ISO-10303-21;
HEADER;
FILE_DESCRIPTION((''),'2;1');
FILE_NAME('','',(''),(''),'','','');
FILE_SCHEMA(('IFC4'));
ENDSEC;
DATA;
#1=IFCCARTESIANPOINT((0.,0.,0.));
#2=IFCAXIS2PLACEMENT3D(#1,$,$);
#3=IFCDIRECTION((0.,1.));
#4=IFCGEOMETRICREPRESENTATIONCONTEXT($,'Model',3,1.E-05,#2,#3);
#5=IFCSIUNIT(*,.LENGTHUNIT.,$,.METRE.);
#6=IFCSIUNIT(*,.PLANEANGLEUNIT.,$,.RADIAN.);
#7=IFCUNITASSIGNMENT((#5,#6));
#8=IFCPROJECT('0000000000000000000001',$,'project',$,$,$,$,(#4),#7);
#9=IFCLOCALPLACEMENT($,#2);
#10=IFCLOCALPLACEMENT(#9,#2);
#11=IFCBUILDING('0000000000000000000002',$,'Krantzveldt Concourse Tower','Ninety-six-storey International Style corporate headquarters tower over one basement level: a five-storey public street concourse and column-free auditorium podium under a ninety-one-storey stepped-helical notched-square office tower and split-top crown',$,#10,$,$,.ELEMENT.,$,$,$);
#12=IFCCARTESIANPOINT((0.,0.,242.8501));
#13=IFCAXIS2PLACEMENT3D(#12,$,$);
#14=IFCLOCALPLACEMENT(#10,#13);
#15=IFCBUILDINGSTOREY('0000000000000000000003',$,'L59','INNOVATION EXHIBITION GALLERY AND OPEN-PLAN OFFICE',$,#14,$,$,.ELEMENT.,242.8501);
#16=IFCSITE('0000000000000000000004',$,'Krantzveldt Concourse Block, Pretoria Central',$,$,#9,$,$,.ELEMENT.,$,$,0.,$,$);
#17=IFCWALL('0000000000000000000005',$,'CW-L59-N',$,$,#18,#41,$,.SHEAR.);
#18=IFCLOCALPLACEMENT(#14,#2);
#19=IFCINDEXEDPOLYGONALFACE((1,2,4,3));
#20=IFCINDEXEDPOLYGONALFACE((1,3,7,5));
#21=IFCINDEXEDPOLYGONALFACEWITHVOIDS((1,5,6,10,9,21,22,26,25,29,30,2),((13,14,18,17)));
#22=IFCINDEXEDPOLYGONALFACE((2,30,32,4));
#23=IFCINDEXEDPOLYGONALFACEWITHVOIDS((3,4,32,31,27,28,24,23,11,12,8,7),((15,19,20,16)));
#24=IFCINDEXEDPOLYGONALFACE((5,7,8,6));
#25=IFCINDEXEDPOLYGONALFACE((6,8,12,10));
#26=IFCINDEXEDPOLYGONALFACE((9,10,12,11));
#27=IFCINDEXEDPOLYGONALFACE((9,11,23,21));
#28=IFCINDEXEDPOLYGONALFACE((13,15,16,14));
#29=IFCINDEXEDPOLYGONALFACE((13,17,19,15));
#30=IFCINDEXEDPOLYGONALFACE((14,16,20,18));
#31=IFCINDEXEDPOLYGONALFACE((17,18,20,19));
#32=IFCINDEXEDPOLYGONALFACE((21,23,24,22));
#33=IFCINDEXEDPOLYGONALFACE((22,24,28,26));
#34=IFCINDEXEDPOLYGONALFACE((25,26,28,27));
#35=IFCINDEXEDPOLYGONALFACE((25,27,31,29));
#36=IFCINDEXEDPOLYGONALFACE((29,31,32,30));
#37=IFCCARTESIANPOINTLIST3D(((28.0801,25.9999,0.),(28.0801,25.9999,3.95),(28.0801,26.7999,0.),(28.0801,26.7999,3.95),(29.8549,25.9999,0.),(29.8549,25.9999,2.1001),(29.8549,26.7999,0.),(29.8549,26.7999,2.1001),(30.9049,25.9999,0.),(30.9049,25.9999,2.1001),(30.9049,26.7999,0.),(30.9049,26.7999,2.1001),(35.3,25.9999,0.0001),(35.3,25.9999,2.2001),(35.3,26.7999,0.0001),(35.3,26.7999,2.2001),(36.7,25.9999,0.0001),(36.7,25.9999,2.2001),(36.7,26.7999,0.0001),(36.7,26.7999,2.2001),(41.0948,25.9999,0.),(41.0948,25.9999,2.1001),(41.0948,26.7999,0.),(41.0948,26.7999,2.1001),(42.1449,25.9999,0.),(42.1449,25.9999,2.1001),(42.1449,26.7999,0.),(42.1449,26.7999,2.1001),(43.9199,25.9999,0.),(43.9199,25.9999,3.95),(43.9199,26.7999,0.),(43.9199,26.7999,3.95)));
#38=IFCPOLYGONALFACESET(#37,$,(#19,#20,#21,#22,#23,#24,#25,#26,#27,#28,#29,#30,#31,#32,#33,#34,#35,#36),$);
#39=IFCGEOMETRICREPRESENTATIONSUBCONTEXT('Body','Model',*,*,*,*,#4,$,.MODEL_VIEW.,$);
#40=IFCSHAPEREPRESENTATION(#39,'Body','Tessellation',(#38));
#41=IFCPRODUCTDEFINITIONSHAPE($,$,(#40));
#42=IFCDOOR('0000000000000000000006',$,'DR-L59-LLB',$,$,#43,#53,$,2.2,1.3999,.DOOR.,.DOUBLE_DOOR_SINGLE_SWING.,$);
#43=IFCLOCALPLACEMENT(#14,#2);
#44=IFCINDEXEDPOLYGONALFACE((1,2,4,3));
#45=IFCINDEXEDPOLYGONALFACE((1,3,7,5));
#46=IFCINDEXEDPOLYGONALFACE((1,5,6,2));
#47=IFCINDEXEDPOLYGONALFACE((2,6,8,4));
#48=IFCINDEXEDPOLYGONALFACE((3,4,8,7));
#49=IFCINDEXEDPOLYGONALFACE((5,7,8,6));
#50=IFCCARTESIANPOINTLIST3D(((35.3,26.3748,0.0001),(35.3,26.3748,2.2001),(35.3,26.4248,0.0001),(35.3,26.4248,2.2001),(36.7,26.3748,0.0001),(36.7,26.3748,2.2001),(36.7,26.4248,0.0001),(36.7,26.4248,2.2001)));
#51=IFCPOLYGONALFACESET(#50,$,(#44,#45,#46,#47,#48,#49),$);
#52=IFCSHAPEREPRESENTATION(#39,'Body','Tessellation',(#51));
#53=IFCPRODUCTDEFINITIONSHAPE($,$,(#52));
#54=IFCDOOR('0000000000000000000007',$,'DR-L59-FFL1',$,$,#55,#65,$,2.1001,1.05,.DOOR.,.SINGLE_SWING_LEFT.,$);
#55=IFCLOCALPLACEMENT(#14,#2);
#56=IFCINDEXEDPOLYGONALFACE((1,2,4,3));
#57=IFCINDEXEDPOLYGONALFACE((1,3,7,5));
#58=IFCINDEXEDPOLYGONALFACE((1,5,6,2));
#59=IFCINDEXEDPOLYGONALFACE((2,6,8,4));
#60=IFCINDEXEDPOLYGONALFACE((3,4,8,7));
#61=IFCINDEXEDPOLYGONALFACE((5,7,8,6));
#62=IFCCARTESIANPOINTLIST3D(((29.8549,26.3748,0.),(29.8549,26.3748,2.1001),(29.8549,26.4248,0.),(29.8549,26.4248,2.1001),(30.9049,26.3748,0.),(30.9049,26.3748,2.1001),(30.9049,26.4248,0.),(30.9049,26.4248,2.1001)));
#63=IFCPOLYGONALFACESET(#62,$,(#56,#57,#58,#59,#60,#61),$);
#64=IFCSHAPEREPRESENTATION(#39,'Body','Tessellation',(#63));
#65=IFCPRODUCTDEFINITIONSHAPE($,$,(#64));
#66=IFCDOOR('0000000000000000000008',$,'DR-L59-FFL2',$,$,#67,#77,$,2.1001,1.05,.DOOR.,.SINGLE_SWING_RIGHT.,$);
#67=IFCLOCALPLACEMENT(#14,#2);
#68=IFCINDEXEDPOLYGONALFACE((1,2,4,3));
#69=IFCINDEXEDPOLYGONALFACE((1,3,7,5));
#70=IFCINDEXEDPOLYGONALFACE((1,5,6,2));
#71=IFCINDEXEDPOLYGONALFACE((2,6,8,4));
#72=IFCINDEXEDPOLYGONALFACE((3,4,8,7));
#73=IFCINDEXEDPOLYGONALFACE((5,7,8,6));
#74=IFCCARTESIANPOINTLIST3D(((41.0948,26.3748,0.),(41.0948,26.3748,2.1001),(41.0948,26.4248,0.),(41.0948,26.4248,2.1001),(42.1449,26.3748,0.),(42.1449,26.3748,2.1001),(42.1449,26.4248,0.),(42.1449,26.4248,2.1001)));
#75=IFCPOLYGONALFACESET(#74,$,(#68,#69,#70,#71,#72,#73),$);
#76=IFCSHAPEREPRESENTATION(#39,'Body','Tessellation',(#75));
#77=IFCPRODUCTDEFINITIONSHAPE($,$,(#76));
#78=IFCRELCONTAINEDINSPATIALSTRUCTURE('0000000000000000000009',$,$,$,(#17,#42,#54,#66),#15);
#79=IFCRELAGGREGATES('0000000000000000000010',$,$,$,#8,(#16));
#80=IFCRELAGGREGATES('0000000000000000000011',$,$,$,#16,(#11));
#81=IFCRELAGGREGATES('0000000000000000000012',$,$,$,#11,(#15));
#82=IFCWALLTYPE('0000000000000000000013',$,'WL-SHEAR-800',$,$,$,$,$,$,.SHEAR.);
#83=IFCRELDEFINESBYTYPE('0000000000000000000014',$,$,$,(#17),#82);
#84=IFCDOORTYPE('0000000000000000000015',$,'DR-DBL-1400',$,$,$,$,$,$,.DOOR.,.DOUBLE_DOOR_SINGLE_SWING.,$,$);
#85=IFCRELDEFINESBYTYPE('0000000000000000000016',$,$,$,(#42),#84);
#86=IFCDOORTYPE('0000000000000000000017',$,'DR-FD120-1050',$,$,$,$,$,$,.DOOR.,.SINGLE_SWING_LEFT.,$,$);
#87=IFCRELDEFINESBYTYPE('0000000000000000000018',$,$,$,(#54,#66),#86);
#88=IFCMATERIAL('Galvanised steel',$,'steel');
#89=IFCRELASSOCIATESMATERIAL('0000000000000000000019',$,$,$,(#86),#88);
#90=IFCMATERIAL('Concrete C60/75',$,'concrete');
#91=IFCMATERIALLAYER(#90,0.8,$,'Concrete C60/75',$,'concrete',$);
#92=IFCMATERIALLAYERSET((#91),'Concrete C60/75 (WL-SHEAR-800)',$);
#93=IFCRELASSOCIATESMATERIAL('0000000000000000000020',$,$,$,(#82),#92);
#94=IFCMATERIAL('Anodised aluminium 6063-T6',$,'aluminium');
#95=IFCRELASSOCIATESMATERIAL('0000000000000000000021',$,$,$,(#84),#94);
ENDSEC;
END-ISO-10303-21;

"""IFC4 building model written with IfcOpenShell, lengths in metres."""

from ifc_helpers import new_model, si_unit, direction, frame, frame_2d, origin, place, context, subcontext, project, spatial, rectangle, extrude, material, layer, layer_set, type_object, element, fill, save


model = new_model("IFC4")

# Units and contexts
model_context = context("Model", 3, precision=1e-05, world=origin(), true_north=direction((0.0, 1.0)))
body_context = subcontext(model_context, "Body", "Model", "MODEL_VIEW")
ifc_project = project(units=[si_unit("LENGTHUNIT", "METRE"), si_unit("PLANEANGLEUNIT", "RADIAN")], contexts=[model_context])

# Site, building, storey
site_placement = place(None, origin())
site = spatial("IfcSite", under=ifc_project, at=site_placement, Name="Krantzveldt Concourse Block, Pretoria Central", CompositionType="ELEMENT", RefElevation=0.0)
building_placement = place(site_placement, origin())
building = spatial("IfcBuilding", under=site, at=building_placement, Name="Krantzveldt Concourse Tower", Description="Ninety-six-storey International Style corporate headquarters tower over one basement level: a five-storey public street concourse and column-free auditorium podium under a ninety-one-storey stepped-helical notched-square office tower and split-top crown", CompositionType="ELEMENT")
storey_placement = place(building_placement, frame((0.0, 0.0, 242.8501)))
storey = spatial("IfcBuildingStorey", under=building, at=storey_placement, Name="L59", Description="INNOVATION EXHIBITION GALLERY AND OPEN-PLAN OFFICE", CompositionType="ELEMENT", Elevation=242.8501)

# Shared definitions
ifc_material_1 = material(Name="Galvanised steel", Category="steel")
door_type_1 = type_object("IfcDoorType", Name="DR-FD120-1050", OperationType="SINGLE_SWING_LEFT", PredefinedType="DOOR", material=ifc_material_1)

# Wall, openings, doors
ifc_material_2 = material(Name="Concrete C60/75", Category="concrete")
ifc_layer_1 = layer(ifc_material_2, 0.8, Name="Concrete C60/75", Category="concrete")
ifc_layer_set_1 = layer_set([ifc_layer_1], Name="Concrete C60/75 (WL-SHEAR-800)")
wall_type_1 = type_object("IfcWallType", Name="WL-SHEAR-800", PredefinedType="SHEAR", material=ifc_layer_set_1)
wall_1_placement = place(storey_placement, frame((28.0801, 26.3999, 0.0), z_axis=(0.0, 0.0, 1.0), x_axis=(1.0, 0.0, 0.0)))
wall_1 = element("IfcWall", 1, at=wall_1_placement, inside=storey, type_object=wall_type_1, Name="CW-L59-N", PredefinedType="SHEAR", context=body_context, shape_type="SweptSolid", body=[
    extrude(rectangle(XDim=15.8398, YDim=0.8, at=frame_2d((7.9199, 0.0))), origin(), (0.0, 0.0, 1.0), 3.95),
])
opening_1_placement = place(wall_1_placement, frame((7.22, 0.0, 0.0)))
opening_1 = element("IfcOpeningElement", 2, at=opening_1_placement, cuts=wall_1, PredefinedType="OPENING", context=body_context, shape_type="SweptSolid", body=[
    extrude(rectangle(XDim=1.3999, YDim=2.2, at=frame_2d((0.7, 1.1001))), frame((0.0, 0.4102, 0.0), z_axis=(0.0, -1.0, 0.0), x_axis=(1.0, 0.0, 0.0)), (0.0, 0.0, 1.0), 0.8201),
])
opening_2_placement = place(wall_1_placement, frame((1.7749, 0.0, 0.0)))
opening_2 = element("IfcOpeningElement", 3, at=opening_2_placement, cuts=wall_1, PredefinedType="OPENING", context=body_context, shape_type="SweptSolid", body=[
    extrude(rectangle(XDim=1.05, YDim=2.1001, at=frame_2d((0.5249, 1.05))), frame((0.0, 0.4102, 0.0), z_axis=(0.0, -1.0, 0.0), x_axis=(1.0, 0.0, 0.0)), (0.0, 0.0, 1.0), 0.8201),
])
opening_3_placement = place(wall_1_placement, frame((13.0149, 0.0, 0.0)))
opening_3 = element("IfcOpeningElement", 4, at=opening_3_placement, cuts=wall_1, PredefinedType="OPENING", context=body_context, shape_type="SweptSolid", body=[
    extrude(rectangle(XDim=1.05, YDim=2.1001, at=frame_2d((0.5249, 1.05))), frame((0.0, 0.4102, 0.0), z_axis=(0.0, -1.0, 0.0), x_axis=(1.0, 0.0, 0.0)), (0.0, 0.0, 1.0), 0.8201),
])
ifc_material_3 = material(Name="Anodised aluminium 6063-T6", Category="aluminium")
door_type_2 = type_object("IfcDoorType", Name="DR-DBL-1400", OperationType="DOUBLE_DOOR_SINGLE_SWING", PredefinedType="DOOR", material=ifc_material_3)
door_1_placement = place(opening_1_placement, origin())
door_1 = element("IfcDoor", 5, at=door_1_placement, inside=storey, type_object=door_type_2, Name="DR-L59-LLB", OperationType="DOUBLE_DOOR_SINGLE_SWING", OverallHeight=2.2, OverallWidth=1.3999, PredefinedType="DOOR", context=body_context, shape_type="SweptSolid", body=[
    extrude(rectangle(XDim=1.3999, YDim=2.2, at=frame_2d((0.7, 1.1001))), frame((0.0, 0.0249, 0.0), z_axis=(0.0, -1.0, 0.0), x_axis=(1.0, 0.0, 0.0)), (0.0, 0.0, 1.0), 0.05),
])
fill(opening_1, door_1)
door_2_placement = place(opening_2_placement, origin())
door_2 = element("IfcDoor", 6, at=door_2_placement, inside=storey, type_object=door_type_1, Name="DR-L59-FFL1", OperationType="SINGLE_SWING_LEFT", OverallHeight=2.1001, OverallWidth=1.05, PredefinedType="DOOR", context=body_context, shape_type="SweptSolid", body=[
    extrude(rectangle(XDim=1.05, YDim=2.1001, at=frame_2d((0.5249, 1.05))), frame((0.0, 0.0249, 0.0), z_axis=(0.0, -1.0, 0.0), x_axis=(1.0, 0.0, 0.0)), (0.0, 0.0, 1.0), 0.05),
])
fill(opening_2, door_2)
door_3_placement = place(opening_3_placement, origin())
door_3 = element("IfcDoor", 7, at=door_3_placement, inside=storey, type_object=door_type_1, Name="DR-L59-FFL2", OperationType="SINGLE_SWING_RIGHT", OverallHeight=2.1001, OverallWidth=1.05, PredefinedType="DOOR", context=body_context, shape_type="SweptSolid", body=[
    extrude(rectangle(XDim=1.05, YDim=2.1001, at=frame_2d((0.5249, 1.05))), frame((0.0, 0.0249, 0.0), z_axis=(0.0, -1.0, 0.0), x_axis=(1.0, 0.0, 0.0)), (0.0, 0.0, 1.0), 0.05),
])
fill(opening_3, door_3)

save(model, "model.ifc")
